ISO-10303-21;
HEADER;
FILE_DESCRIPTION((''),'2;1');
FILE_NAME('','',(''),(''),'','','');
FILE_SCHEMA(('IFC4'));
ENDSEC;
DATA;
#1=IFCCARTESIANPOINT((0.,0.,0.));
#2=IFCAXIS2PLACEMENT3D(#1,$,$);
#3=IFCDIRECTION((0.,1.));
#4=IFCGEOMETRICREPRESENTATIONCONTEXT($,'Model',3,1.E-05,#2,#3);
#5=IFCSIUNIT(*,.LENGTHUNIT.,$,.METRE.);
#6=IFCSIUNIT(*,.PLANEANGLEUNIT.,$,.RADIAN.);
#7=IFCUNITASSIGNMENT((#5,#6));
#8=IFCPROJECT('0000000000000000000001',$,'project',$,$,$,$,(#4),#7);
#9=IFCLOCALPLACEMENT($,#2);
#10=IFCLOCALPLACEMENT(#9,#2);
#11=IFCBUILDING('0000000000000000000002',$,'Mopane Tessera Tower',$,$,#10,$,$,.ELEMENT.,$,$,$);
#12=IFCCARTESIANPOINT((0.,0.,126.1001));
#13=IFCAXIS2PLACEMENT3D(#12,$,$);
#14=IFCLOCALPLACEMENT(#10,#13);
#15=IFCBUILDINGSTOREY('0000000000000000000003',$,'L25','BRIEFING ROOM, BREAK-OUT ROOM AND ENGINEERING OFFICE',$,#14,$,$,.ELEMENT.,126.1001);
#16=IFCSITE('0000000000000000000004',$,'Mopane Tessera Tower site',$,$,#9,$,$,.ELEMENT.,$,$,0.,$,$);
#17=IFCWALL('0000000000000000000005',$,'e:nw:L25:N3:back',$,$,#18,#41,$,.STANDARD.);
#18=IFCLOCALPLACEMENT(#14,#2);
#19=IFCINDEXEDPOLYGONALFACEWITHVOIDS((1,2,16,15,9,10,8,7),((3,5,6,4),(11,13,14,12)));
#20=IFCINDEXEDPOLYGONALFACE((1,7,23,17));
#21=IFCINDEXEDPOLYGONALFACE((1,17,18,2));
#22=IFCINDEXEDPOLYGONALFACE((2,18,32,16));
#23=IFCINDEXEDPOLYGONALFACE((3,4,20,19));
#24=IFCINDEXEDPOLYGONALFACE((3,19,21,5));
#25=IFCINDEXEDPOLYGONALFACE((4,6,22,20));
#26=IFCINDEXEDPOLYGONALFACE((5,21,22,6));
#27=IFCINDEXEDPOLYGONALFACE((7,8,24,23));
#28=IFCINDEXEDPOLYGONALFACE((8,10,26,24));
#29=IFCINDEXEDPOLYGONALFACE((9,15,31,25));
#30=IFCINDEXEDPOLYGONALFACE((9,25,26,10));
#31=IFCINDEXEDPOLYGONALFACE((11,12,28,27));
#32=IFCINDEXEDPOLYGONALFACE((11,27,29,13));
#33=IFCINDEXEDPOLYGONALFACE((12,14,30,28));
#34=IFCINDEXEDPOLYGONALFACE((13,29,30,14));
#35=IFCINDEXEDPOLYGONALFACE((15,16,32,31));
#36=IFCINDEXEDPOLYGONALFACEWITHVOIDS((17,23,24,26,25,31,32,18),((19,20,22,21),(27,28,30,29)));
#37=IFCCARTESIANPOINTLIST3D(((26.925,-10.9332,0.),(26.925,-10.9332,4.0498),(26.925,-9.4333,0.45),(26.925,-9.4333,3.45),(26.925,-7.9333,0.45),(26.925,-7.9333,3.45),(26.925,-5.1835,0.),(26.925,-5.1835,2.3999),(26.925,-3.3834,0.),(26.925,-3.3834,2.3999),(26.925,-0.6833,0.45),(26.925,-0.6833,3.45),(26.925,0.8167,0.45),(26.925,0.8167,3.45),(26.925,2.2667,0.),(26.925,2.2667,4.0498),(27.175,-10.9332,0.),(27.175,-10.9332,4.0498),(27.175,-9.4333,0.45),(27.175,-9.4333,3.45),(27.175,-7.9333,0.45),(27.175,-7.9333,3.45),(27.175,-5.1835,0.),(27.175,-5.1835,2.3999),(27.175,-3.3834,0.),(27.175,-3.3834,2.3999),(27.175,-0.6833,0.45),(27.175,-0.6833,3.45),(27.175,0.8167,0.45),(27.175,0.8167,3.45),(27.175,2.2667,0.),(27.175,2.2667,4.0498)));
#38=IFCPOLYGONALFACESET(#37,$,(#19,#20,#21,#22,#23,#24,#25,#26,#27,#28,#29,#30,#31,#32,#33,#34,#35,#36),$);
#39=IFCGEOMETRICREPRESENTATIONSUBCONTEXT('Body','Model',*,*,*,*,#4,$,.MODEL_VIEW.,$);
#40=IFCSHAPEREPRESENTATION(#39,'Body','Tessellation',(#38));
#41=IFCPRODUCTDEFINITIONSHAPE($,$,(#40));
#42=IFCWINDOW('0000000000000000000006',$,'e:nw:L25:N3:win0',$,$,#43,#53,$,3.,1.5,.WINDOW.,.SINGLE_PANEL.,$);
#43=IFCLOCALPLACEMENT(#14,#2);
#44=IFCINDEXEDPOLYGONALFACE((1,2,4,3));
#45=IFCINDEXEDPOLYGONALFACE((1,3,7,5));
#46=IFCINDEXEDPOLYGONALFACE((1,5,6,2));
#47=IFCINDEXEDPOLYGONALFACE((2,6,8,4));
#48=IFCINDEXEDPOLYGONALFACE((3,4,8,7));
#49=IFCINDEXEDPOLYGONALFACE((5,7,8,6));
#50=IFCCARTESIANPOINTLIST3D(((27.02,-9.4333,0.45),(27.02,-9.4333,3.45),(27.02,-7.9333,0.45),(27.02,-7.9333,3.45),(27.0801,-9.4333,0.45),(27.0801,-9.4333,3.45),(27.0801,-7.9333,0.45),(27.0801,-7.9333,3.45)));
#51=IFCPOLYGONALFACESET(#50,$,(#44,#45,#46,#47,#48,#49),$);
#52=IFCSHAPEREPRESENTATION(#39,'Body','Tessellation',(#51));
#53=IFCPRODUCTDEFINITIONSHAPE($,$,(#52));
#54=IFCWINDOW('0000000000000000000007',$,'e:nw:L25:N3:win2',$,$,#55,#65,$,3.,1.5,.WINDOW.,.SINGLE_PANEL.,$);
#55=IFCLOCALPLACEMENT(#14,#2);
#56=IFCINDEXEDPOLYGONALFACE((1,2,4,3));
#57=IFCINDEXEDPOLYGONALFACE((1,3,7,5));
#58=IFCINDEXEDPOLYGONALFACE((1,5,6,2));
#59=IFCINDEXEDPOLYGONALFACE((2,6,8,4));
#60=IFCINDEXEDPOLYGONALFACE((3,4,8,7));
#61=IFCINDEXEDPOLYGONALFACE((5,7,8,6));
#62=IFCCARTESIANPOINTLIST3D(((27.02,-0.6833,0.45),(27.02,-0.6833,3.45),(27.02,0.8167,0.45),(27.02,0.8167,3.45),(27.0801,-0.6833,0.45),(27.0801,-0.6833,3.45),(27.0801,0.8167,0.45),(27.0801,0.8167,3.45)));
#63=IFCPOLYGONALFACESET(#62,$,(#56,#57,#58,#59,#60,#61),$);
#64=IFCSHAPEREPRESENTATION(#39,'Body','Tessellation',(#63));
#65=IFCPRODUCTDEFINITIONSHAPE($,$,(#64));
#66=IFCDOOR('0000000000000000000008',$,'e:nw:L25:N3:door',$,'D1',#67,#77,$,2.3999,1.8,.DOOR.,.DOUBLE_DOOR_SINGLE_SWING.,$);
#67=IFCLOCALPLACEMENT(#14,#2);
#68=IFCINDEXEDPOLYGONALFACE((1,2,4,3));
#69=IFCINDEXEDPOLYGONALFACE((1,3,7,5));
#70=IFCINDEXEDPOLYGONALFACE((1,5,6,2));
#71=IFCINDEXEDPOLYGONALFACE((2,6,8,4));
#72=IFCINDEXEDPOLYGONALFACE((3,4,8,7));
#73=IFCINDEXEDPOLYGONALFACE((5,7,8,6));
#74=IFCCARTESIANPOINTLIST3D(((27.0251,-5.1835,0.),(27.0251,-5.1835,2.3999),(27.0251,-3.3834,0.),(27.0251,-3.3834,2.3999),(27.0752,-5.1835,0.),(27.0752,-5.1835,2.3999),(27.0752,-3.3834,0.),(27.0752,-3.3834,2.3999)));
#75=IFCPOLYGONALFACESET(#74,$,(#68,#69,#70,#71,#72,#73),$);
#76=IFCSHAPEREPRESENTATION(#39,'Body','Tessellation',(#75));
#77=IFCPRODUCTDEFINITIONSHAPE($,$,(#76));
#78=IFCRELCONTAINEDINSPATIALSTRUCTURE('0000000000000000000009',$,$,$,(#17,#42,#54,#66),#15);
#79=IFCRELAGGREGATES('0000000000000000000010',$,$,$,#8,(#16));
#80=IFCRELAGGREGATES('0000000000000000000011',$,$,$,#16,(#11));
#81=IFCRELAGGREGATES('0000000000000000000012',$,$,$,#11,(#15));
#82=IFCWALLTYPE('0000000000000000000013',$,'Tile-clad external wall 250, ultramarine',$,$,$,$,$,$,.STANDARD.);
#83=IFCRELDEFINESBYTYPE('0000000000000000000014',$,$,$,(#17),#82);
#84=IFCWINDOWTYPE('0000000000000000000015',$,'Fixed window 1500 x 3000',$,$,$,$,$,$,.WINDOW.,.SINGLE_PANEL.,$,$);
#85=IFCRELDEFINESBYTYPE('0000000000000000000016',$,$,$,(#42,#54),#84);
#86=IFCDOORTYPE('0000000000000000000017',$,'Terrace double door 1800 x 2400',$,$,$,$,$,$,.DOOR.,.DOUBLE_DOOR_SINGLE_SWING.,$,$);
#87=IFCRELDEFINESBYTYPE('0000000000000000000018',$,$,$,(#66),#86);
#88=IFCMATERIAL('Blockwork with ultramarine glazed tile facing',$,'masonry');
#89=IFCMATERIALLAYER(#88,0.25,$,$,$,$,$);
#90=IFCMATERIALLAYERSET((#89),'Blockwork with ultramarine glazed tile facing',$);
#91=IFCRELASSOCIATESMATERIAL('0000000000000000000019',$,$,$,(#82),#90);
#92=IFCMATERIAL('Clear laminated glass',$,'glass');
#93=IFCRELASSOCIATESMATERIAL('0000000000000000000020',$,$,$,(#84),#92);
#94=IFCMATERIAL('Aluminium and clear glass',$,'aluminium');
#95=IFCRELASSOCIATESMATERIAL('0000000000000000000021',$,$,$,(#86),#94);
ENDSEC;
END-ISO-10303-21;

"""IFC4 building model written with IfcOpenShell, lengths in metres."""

from ifc_helpers import new_model, si_unit, direction, frame, frame_2d, origin, place, context, subcontext, project, spatial, rectangle, extrude, material, layer, layer_set, type_object, element, fill, save


model = new_model("IFC4")

# Units and contexts
model_context = context("Model", 3, precision=1e-05, world=origin(), true_north=direction((0.0, 1.0)))
body_context = subcontext(model_context, "Body", "Model", "MODEL_VIEW")
ifc_project = project(units=[si_unit("LENGTHUNIT", "METRE"), si_unit("PLANEANGLEUNIT", "RADIAN")], contexts=[model_context])

# Site, building, storey
site_placement = place(None, origin())
site = spatial("IfcSite", under=ifc_project, at=site_placement, Name="Mopane Tessera Tower site", CompositionType="ELEMENT", RefElevation=0.0)
building_placement = place(site_placement, origin())
building = spatial("IfcBuilding", under=site, at=building_placement, Name="Mopane Tessera Tower", CompositionType="ELEMENT")
storey_placement = place(building_placement, frame((0.0, 0.0, 126.1001)))
storey = spatial("IfcBuildingStorey", under=building, at=storey_placement, Name="L25", Description="BRIEFING ROOM, BREAK-OUT ROOM AND ENGINEERING OFFICE", CompositionType="ELEMENT", Elevation=126.1001)

# Wall, openings, windows, door
ifc_material_1 = material(Name="Blockwork with ultramarine glazed tile facing", Category="masonry")
ifc_layer_1 = layer(ifc_material_1, 0.25)
ifc_layer_set_1 = layer_set([ifc_layer_1], Name="Blockwork with ultramarine glazed tile facing")
wall_type_1 = type_object("IfcWallType", Name="Tile-clad external wall 250, ultramarine", PredefinedType="STANDARD", material=ifc_layer_set_1)
wall_1_placement = place(storey_placement, frame((27.05, -10.9333, 0.0), z_axis=(0.0, 0.0, 1.0), x_axis=(0.0, 1.0, 0.0)))
wall_1 = element("IfcWall", 1, at=wall_1_placement, inside=storey, type_object=wall_type_1, Name="e:nw:L25:N3:back", PredefinedType="STANDARD", context=body_context, shape_type="SweptSolid", body=[
    extrude(rectangle(XDim=13.2, YDim=0.25, at=frame_2d((6.6001, 0.0))), origin(), (0.0, 0.0, 1.0), 4.0498),
])
opening_1_placement = place(wall_1_placement, frame((1.5, 0.0, 0.45)))
opening_1 = element("IfcOpeningElement", 2, at=opening_1_placement, cuts=wall_1, PredefinedType="OPENING", context=body_context, shape_type="SweptSolid", body=[
    extrude(rectangle(XDim=1.5, YDim=3.0, at=frame_2d((0.75, 1.5))), frame((0.0, 0.137, 0.0), z_axis=(0.0, -1.0, 0.0), x_axis=(1.0, 0.0, 0.0)), (0.0, 0.0, 1.0), 0.2739),
])
opening_2_placement = place(wall_1_placement, frame((5.75, 0.0, 0.0)))
opening_2 = element("IfcOpeningElement", 3, at=opening_2_placement, cuts=wall_1, PredefinedType="OPENING", context=body_context, shape_type="SweptSolid", body=[
    extrude(rectangle(XDim=1.8, YDim=2.3999, at=frame_2d((0.8999, 1.2))), frame((0.0, 0.137, 0.0), z_axis=(0.0, -1.0, 0.0), x_axis=(1.0, 0.0, 0.0)), (0.0, 0.0, 1.0), 0.2739),
])
opening_3_placement = place(wall_1_placement, frame((10.25, 0.0, 0.45)))
opening_3 = element("IfcOpeningElement", 4, at=opening_3_placement, cuts=wall_1, PredefinedType="OPENING", context=body_context, shape_type="SweptSolid", body=[
    extrude(rectangle(XDim=1.5, YDim=3.0, at=frame_2d((0.75, 1.5))), frame((0.0, 0.137, 0.0), z_axis=(0.0, -1.0, 0.0), x_axis=(1.0, 0.0, 0.0)), (0.0, 0.0, 1.0), 0.2739),
])
ifc_material_2 = material(Name="Clear laminated glass", Category="glass")
window_type = type_object("IfcWindowType", Name="Fixed window 1500 x 3000", PartitioningType="SINGLE_PANEL", PredefinedType="WINDOW", material=ifc_material_2)
window_1_placement = place(opening_1_placement, origin())
window_1 = element("IfcWindow", 5, at=window_1_placement, inside=storey, type_object=window_type, Name="e:nw:L25:N3:win0", OverallHeight=3.0, OverallWidth=1.5, PartitioningType="SINGLE_PANEL", PredefinedType="WINDOW", context=body_context, shape_type="SweptSolid", body=[
    extrude(rectangle(XDim=1.5, YDim=3.0, at=frame_2d((0.75, 1.5))), frame((0.0, 0.03, 0.0), z_axis=(0.0, -1.0, 0.0), x_axis=(1.0, 0.0, 0.0)), (0.0, 0.0, 1.0), 0.0601),
])
fill(opening_1, window_1)
window_2_placement = place(opening_3_placement, origin())
window_2 = element("IfcWindow", 6, at=window_2_placement, inside=storey, type_object=window_type, Name="e:nw:L25:N3:win2", OverallHeight=3.0, OverallWidth=1.5, PartitioningType="SINGLE_PANEL", PredefinedType="WINDOW", context=body_context, shape_type="SweptSolid", body=[
    extrude(rectangle(XDim=1.5, YDim=3.0, at=frame_2d((0.75, 1.5))), frame((0.0, 0.03, 0.0), z_axis=(0.0, -1.0, 0.0), x_axis=(1.0, 0.0, 0.0)), (0.0, 0.0, 1.0), 0.0601),
])
fill(opening_3, window_2)
ifc_material_3 = material(Name="Aluminium and clear glass", Category="aluminium")
door_type_1 = type_object("IfcDoorType", Name="Terrace double door 1800 x 2400", OperationType="DOUBLE_DOOR_SINGLE_SWING", PredefinedType="DOOR", material=ifc_material_3)
door_1_placement = place(opening_2_placement, origin())
door_1 = element("IfcDoor", 7, at=door_1_placement, inside=storey, type_object=door_type_1, Name="e:nw:L25:N3:door", ObjectType="D1", OperationType="DOUBLE_DOOR_SINGLE_SWING", OverallHeight=2.3999, OverallWidth=1.8, PredefinedType="DOOR", context=body_context, shape_type="SweptSolid", body=[
    extrude(rectangle(XDim=1.8, YDim=2.3999, at=frame_2d((0.8999, 1.2))), frame((0.0, 0.0249, 0.0), z_axis=(0.0, -1.0, 0.0), x_axis=(1.0, 0.0, 0.0)), (0.0, 0.0, 1.0), 0.05),
])
fill(opening_2, door_1)

save(model, "model.ifc")
